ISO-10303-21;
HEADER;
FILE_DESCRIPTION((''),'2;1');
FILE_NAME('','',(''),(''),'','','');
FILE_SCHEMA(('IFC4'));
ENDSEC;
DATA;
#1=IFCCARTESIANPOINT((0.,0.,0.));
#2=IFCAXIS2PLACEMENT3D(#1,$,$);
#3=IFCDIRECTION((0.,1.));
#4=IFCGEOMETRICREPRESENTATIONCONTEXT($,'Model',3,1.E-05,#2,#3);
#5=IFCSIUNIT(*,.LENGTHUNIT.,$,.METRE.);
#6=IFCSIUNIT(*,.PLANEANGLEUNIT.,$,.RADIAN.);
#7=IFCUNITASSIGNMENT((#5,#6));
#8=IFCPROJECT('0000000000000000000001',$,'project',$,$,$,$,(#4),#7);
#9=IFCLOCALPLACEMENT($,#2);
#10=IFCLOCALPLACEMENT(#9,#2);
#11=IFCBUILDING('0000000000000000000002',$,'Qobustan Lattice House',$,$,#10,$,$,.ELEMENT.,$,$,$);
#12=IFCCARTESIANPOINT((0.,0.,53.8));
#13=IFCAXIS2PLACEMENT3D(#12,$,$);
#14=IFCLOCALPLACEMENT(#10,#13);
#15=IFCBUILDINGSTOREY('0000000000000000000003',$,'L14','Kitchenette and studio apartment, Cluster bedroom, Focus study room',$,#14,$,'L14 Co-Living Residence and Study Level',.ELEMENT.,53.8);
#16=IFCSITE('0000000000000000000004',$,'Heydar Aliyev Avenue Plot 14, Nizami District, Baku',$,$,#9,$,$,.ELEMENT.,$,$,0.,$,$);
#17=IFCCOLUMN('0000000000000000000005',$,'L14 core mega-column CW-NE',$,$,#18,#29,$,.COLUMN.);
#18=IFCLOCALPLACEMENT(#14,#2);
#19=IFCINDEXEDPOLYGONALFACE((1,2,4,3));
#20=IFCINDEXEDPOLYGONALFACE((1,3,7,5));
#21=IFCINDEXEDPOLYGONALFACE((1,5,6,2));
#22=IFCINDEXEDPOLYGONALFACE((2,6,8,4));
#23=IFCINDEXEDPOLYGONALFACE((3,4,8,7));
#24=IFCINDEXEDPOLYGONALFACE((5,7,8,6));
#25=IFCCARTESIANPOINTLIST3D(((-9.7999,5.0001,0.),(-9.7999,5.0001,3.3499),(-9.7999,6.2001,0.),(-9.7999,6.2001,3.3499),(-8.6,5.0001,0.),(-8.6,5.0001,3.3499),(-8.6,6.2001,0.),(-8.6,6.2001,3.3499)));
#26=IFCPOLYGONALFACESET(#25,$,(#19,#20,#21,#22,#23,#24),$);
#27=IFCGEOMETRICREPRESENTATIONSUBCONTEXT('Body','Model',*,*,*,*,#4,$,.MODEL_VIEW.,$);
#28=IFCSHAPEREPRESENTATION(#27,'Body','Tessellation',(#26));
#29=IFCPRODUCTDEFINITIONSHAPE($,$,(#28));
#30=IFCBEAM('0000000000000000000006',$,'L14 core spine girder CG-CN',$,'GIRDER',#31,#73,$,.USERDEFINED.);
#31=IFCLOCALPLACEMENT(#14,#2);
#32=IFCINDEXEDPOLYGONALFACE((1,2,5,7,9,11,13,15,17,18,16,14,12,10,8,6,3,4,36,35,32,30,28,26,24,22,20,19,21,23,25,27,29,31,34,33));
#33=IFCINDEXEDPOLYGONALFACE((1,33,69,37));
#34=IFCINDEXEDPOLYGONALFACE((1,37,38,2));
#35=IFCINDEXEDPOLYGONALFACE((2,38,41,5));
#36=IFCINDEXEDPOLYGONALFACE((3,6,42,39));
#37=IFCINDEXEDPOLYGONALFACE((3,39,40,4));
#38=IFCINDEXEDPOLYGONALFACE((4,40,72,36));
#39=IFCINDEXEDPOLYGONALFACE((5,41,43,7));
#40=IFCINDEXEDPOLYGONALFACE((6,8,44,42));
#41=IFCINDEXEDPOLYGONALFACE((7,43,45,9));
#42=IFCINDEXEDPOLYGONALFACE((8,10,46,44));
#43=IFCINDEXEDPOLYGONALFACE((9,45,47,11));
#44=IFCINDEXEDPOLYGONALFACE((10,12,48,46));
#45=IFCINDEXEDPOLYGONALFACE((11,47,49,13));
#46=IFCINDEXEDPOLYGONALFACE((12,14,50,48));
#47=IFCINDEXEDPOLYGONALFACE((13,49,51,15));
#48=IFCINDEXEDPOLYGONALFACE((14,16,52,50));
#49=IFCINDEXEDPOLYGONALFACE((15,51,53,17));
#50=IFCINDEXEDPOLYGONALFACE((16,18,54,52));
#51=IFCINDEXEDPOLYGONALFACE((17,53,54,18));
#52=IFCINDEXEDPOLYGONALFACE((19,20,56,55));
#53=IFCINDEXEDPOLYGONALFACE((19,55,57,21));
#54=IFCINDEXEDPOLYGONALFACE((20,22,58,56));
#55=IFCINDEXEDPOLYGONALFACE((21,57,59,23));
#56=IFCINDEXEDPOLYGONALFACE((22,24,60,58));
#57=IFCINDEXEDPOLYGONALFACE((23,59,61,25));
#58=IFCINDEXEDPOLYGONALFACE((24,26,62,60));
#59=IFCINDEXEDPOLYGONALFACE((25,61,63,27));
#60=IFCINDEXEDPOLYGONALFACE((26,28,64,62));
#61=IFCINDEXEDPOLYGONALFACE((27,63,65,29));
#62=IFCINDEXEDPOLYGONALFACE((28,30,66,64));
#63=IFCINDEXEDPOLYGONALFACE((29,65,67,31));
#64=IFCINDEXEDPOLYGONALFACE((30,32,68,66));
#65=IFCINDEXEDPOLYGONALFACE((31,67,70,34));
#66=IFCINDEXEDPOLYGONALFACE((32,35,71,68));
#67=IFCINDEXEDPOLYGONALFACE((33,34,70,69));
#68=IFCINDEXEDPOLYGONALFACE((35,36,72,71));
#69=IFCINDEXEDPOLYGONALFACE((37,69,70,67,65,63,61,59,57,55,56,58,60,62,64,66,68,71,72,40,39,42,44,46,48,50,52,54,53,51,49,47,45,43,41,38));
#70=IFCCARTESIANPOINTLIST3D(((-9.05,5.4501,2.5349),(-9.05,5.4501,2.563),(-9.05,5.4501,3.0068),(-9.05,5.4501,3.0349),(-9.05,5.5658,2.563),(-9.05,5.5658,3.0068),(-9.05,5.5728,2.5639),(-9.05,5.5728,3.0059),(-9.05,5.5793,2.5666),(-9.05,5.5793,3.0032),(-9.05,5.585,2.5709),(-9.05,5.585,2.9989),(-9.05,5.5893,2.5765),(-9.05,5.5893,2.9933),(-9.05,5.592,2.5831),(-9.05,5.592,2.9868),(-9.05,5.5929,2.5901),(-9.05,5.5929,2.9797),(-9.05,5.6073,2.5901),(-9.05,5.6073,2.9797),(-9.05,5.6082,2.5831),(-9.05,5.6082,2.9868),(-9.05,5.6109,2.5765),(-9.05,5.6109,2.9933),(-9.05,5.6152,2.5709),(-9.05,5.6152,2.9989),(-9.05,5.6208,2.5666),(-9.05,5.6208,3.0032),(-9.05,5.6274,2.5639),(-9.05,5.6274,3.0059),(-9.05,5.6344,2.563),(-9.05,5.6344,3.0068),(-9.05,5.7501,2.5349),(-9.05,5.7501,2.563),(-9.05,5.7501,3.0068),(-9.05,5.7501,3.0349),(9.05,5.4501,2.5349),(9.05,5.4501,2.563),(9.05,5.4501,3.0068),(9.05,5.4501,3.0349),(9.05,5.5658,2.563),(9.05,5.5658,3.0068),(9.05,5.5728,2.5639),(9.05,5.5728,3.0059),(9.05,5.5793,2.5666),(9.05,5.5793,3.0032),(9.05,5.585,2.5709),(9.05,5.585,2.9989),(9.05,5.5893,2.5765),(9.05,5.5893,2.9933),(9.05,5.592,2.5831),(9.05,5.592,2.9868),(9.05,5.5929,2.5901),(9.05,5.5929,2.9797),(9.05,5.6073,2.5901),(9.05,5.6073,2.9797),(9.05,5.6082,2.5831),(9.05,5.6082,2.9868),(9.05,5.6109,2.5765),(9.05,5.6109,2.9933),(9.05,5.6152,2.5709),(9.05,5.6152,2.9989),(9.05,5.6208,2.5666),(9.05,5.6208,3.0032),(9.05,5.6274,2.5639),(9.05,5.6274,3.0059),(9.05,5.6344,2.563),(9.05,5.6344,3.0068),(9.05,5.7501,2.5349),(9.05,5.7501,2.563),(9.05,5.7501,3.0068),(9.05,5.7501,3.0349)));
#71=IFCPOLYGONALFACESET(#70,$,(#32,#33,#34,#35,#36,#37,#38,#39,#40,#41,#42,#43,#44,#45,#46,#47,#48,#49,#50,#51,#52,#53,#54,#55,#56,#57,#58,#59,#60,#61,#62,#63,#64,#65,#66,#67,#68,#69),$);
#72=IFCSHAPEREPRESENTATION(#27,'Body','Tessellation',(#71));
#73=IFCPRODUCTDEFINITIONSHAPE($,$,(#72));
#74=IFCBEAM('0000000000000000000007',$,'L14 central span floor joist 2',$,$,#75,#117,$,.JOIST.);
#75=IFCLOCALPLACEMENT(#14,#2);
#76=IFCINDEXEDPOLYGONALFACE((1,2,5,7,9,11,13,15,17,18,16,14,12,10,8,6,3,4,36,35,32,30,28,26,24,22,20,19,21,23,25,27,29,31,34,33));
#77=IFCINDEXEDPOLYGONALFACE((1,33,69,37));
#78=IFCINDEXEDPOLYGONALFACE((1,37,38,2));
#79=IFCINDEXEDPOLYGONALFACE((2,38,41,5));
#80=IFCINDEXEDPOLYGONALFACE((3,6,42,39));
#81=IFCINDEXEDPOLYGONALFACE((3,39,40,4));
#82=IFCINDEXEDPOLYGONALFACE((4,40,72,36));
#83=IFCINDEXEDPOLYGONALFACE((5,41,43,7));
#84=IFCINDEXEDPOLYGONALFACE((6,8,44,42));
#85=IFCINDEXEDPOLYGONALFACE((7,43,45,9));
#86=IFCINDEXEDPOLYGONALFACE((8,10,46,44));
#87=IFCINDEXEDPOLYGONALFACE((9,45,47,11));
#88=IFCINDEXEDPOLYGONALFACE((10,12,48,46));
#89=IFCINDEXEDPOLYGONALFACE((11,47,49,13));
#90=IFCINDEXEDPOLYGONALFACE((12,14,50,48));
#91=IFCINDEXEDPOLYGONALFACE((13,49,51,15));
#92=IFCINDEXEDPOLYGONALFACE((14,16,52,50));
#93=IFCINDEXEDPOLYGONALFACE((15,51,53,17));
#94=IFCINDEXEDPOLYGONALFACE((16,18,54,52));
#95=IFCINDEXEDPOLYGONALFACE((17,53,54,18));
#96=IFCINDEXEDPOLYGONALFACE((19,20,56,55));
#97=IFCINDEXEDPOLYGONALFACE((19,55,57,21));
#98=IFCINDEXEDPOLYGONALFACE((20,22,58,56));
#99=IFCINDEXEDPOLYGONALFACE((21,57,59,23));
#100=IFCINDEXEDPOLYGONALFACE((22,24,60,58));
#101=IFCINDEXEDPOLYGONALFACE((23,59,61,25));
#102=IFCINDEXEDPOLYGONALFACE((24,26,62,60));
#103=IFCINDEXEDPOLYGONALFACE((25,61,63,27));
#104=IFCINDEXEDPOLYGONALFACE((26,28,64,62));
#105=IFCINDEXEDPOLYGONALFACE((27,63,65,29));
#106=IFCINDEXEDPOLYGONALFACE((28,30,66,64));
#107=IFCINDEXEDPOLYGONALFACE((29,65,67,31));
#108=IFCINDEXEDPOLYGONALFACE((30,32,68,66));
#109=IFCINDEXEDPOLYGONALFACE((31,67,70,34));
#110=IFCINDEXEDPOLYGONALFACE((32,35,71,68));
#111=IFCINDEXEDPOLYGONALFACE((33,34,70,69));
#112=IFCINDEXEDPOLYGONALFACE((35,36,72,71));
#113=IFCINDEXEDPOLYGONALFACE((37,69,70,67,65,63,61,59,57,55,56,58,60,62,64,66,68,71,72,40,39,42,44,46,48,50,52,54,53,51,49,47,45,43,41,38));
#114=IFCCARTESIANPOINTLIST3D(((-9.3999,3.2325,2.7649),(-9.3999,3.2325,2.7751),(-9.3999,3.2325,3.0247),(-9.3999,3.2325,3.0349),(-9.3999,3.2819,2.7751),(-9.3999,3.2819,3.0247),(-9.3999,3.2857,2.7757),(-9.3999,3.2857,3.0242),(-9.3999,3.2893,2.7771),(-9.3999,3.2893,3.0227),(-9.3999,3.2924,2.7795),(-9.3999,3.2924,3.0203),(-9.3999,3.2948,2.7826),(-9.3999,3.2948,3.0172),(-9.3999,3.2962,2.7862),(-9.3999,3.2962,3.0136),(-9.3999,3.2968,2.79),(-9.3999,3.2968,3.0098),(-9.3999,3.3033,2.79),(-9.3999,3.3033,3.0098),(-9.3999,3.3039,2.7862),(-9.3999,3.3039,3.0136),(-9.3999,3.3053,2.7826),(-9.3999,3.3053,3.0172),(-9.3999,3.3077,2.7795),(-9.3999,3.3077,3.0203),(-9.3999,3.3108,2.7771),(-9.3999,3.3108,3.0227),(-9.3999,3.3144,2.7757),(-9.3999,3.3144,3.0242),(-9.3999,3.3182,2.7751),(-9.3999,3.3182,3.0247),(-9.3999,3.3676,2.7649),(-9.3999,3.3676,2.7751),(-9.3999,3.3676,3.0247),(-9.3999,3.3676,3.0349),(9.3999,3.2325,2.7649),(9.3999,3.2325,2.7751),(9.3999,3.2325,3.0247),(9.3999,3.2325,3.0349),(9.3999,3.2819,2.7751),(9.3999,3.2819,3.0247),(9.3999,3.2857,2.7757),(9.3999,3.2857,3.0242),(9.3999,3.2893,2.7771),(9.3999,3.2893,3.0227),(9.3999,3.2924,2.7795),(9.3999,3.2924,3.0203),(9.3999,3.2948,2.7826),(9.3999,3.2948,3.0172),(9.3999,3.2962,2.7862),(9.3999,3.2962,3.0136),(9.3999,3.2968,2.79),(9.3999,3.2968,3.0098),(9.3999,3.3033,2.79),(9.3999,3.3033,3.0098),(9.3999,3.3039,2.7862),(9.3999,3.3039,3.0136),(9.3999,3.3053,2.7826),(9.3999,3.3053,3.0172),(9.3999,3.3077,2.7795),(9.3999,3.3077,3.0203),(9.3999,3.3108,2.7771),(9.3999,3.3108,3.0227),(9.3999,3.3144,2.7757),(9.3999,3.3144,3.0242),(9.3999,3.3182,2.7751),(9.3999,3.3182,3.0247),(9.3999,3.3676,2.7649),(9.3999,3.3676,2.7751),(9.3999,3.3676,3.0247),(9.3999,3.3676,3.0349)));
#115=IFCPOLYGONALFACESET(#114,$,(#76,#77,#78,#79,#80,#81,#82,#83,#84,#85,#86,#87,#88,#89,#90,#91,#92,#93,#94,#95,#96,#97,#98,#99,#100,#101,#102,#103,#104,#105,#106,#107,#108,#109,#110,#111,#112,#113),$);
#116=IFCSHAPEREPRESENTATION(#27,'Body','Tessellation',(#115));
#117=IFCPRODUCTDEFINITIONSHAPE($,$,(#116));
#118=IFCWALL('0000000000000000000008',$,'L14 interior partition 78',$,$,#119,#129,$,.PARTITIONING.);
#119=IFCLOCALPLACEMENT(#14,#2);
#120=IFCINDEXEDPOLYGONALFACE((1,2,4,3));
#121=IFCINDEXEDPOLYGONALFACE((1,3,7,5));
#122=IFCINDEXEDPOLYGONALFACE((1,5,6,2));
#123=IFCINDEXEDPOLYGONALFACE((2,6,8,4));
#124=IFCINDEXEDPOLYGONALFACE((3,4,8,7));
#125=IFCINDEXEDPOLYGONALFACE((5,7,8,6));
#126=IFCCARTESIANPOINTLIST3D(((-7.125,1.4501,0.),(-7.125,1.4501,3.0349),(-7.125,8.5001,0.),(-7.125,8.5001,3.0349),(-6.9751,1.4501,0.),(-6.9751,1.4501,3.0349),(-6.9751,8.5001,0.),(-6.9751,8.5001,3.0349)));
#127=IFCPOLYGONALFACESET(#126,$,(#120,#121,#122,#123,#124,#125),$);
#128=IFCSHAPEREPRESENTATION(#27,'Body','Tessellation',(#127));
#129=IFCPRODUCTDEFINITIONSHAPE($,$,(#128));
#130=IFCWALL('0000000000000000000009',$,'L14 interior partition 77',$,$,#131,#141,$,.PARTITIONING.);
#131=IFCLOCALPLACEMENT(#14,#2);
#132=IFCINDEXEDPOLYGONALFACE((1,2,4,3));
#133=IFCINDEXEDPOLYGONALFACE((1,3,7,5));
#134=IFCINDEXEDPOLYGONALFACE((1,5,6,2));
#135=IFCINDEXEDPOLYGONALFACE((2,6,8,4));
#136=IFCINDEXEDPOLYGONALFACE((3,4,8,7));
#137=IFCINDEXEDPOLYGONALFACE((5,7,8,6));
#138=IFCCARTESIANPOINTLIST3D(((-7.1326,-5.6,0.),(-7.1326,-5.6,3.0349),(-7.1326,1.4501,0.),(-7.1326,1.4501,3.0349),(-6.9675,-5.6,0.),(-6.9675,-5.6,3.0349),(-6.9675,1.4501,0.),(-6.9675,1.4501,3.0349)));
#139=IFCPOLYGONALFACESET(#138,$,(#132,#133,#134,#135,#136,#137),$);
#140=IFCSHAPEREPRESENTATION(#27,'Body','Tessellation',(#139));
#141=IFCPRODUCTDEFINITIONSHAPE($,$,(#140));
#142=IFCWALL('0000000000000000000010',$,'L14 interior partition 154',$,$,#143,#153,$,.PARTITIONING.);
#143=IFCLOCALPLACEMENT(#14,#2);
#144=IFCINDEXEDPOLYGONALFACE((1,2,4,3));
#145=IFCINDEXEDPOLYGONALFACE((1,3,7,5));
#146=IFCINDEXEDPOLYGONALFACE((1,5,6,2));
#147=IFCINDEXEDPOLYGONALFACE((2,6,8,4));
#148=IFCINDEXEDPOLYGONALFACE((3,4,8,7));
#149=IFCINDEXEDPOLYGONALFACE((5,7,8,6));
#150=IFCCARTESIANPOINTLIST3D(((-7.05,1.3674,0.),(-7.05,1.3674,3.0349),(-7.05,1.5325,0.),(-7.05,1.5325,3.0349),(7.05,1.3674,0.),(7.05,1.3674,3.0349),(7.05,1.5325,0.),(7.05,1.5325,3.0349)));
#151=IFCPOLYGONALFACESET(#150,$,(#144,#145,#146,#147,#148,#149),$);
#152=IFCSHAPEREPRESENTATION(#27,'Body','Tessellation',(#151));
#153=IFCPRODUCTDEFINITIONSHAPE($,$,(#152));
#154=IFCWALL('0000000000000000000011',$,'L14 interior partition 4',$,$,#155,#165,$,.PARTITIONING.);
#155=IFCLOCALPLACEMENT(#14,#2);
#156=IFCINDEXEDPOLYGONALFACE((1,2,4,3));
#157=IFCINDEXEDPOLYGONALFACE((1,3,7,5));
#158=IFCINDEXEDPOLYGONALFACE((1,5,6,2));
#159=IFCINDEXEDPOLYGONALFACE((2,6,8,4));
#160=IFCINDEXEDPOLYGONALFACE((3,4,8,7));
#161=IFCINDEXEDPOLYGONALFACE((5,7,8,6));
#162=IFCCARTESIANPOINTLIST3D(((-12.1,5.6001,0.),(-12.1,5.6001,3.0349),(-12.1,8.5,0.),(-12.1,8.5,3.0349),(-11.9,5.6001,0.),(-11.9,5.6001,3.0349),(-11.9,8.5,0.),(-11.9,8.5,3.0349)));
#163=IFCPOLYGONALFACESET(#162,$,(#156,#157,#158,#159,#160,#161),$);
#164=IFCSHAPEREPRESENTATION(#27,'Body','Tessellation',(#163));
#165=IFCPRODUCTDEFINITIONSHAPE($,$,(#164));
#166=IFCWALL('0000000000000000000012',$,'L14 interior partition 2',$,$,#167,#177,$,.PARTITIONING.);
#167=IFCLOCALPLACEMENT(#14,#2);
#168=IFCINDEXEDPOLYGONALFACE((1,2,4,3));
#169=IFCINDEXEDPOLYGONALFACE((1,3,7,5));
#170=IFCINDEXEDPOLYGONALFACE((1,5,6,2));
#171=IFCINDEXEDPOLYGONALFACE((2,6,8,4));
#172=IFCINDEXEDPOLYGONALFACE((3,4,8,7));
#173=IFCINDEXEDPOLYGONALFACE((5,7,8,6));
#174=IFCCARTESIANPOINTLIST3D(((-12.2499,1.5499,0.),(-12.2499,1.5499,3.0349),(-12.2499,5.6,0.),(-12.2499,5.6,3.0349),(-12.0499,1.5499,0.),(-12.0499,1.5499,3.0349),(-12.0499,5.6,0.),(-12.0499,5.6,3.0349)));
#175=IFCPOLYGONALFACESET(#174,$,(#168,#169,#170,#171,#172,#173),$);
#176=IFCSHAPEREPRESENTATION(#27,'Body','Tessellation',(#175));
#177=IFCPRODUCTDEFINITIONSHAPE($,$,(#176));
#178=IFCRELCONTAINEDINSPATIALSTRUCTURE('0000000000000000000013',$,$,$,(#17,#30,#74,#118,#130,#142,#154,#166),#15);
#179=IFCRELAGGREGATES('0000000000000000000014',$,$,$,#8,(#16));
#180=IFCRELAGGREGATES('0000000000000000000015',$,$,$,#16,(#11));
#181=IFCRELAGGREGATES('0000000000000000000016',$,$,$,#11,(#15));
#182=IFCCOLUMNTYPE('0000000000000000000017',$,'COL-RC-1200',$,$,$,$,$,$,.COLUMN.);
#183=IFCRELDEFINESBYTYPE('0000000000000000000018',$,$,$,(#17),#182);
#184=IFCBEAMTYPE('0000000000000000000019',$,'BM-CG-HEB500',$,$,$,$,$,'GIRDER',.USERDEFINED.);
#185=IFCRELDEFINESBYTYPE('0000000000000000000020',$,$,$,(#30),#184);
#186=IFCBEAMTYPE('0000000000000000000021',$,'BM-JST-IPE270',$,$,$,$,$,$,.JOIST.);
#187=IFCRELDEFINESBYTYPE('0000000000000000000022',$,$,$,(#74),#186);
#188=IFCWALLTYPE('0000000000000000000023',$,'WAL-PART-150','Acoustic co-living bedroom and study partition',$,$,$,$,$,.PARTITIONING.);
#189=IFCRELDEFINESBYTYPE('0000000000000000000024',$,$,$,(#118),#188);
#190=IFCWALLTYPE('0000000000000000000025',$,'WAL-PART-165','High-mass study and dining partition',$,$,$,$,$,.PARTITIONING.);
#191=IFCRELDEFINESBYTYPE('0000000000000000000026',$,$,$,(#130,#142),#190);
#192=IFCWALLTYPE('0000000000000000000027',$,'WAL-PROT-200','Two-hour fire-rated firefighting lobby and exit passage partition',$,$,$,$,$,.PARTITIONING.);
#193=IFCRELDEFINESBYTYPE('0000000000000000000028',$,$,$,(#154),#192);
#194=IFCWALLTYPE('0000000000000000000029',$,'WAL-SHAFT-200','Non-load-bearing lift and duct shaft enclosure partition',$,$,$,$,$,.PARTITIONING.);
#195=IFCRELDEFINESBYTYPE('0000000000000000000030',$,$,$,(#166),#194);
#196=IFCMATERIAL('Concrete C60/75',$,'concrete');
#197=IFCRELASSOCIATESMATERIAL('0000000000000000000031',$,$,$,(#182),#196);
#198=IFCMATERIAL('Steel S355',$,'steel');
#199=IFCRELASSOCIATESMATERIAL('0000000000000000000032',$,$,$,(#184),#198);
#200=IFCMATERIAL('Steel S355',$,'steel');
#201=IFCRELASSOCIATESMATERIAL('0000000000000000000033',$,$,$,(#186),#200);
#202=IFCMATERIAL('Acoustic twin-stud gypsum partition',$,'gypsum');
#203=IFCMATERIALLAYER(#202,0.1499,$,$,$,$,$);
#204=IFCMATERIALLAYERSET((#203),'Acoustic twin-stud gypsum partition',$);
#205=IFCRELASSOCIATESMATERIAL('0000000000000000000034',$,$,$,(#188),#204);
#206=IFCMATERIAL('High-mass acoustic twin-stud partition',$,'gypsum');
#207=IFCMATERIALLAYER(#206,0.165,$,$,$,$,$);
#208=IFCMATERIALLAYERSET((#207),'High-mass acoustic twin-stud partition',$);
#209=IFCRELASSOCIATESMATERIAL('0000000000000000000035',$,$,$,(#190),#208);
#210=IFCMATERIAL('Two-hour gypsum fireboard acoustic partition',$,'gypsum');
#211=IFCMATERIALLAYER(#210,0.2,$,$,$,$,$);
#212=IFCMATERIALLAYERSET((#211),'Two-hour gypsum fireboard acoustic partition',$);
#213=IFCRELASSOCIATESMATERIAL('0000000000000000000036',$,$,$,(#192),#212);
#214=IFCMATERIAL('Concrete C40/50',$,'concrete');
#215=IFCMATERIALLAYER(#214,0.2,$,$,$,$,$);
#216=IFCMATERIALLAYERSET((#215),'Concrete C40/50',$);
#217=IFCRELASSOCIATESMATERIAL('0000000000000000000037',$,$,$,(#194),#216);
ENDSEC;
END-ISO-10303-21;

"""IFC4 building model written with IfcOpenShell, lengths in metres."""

from ifc_helpers import new_model, si_unit, direction, frame, frame_2d, origin, origin_2d, place, context, subcontext, project, spatial, rectangle, i_section, extrude, material, layer, layer_set, material_profile, profile_set, type_object, element, save


model = new_model("IFC4")

# Units and contexts
model_context = context("Model", 3, precision=1e-05, world=origin(), true_north=direction((0.0, 1.0)))
body_context = subcontext(model_context, "Body", "Model", "MODEL_VIEW")
ifc_project = project(units=[si_unit("LENGTHUNIT", "METRE"), si_unit("PLANEANGLEUNIT", "RADIAN")], contexts=[model_context])

# Site, building, storey
site_placement = place(None, origin())
site = spatial("IfcSite", under=ifc_project, at=site_placement, Name="Heydar Aliyev Avenue Plot 14, Nizami District, Baku", CompositionType="ELEMENT", RefElevation=0.0)
building_placement = place(site_placement, origin())
building = spatial("IfcBuilding", under=site, at=building_placement, Name="Qobustan Lattice House", CompositionType="ELEMENT")
storey_placement = place(building_placement, frame((0.0, 0.0, 53.8)))
storey = spatial("IfcBuildingStorey", under=building, at=storey_placement, Name="L14", Description="Kitchenette and studio apartment, Cluster bedroom, Focus study room", LongName="L14 Co-Living Residence and Study Level", CompositionType="ELEMENT", Elevation=53.8)

# Column
ifc_material_1 = material(Name="Concrete C60/75", Category="concrete")
ifc_material_profile_1 = material_profile(ifc_material_1, rectangle(XDim=1.2, YDim=1.2, at=origin_2d()), Name="RC1200x1200")
ifc_profile_set_1 = profile_set([ifc_material_profile_1], Name="Concrete C60/75")
column_type = type_object("IfcColumnType", Name="COL-RC-1200", PredefinedType="COLUMN", material=ifc_profile_set_1)
column_placement = place(storey_placement, frame((-9.2, 5.6001, 0.0), z_axis=(0.0, 0.0, 1.0), x_axis=(1.0, 0.0, 0.0)))
element("IfcColumn", 1, at=column_placement, inside=storey, type_object=column_type, Name="L14 core mega-column CW-NE", PredefinedType="COLUMN", context=body_context, shape_type="SweptSolid", body=[
    extrude(rectangle(XDim=1.2, YDim=1.2, at=origin_2d()), origin(), (0.0, 0.0, 1.0), 3.3499),
])

# Beams
ifc_material_2 = material(Name="Steel S355", Category="steel")
ifc_material_profile_2 = material_profile(ifc_material_2, i_section(OverallWidth=0.3, OverallDepth=0.5, WebThickness=0.0144, FlangeThickness=0.0281, FilletRadius=0.0271, at=origin_2d()), Name="HEB500")
ifc_profile_set_2 = profile_set([ifc_material_profile_2], Name="Steel S355")
beam_type_1 = type_object("IfcBeamType", Name="BM-CG-HEB500", ElementType="GIRDER", PredefinedType="USERDEFINED", material=ifc_profile_set_2)
beam_1_placement = place(storey_placement, frame((-9.05, 5.6001, 2.7849), z_axis=(1.0, 0.0, 0.0), x_axis=(0.0, 1.0, 0.0)))
element("IfcBeam", 2, at=beam_1_placement, inside=storey, type_object=beam_type_1, Name="L14 core spine girder CG-CN", ObjectType="GIRDER", PredefinedType="USERDEFINED", context=body_context, shape_type="SweptSolid", body=[
    extrude(i_section(OverallWidth=0.3, OverallDepth=0.5, WebThickness=0.0144, FlangeThickness=0.0281, FilletRadius=0.0271, at=origin_2d()), origin(), (0.0, 0.0, 1.0), 18.1001),
])
ifc_material_3 = material(Name="Steel S355", Category="steel")
ifc_material_profile_3 = material_profile(ifc_material_3, i_section(OverallWidth=0.135, OverallDepth=0.27, WebThickness=0.0066, FlangeThickness=0.0103, FilletRadius=0.0149, at=origin_2d()), Name="IPE270")
ifc_profile_set_3 = profile_set([ifc_material_profile_3], Name="Steel S355")
beam_type_2 = type_object("IfcBeamType", Name="BM-JST-IPE270", PredefinedType="JOIST", material=ifc_profile_set_3)
beam_2_placement = place(storey_placement, frame((-9.3999, 3.3, 2.8999), z_axis=(1.0, 0.0, 0.0), x_axis=(0.0, 1.0, 0.0)))
element("IfcBeam", 3, at=beam_2_placement, inside=storey, type_object=beam_type_2, Name="L14 central span floor joist 2", PredefinedType="JOIST", context=body_context, shape_type="SweptSolid", body=[
    extrude(i_section(OverallWidth=0.135, OverallDepth=0.27, WebThickness=0.0066, FlangeThickness=0.0103, FilletRadius=0.0149, at=origin_2d()), origin(), (0.0, 0.0, 1.0), 18.7998),
])

# Walls
ifc_material_4 = material(Name="Acoustic twin-stud gypsum partition", Category="gypsum")
ifc_layer_1 = layer(ifc_material_4, 0.1499)
ifc_layer_set_1 = layer_set([ifc_layer_1], Name="Acoustic twin-stud gypsum partition")
wall_type_1 = type_object("IfcWallType", Name="WAL-PART-150", Description="Acoustic co-living bedroom and study partition", PredefinedType="PARTITIONING", material=ifc_layer_set_1)
wall_1_placement = place(storey_placement, frame((-7.05, 8.5, 0.0), z_axis=(0.0, 0.0, 1.0), x_axis=(0.0, -1.0, 0.0)))
element("IfcWall", 4, at=wall_1_placement, inside=storey, type_object=wall_type_1, Name="L14 interior partition 78", PredefinedType="PARTITIONING", context=body_context, shape_type="SweptSolid", body=[
    extrude(rectangle(XDim=7.05, YDim=0.1499, at=frame_2d((3.5249, 0.0))), origin(), (0.0, 0.0, 1.0), 3.0349),
])
ifc_material_5 = material(Name="High-mass acoustic twin-stud partition", Category="gypsum")
ifc_layer_2 = layer(ifc_material_5, 0.165)
ifc_layer_set_2 = layer_set([ifc_layer_2], Name="High-mass acoustic twin-stud partition")
wall_type_2 = type_object("IfcWallType", Name="WAL-PART-165", Description="High-mass study and dining partition", PredefinedType="PARTITIONING", material=ifc_layer_set_2)
wall_2_placement = place(storey_placement, frame((-7.05, 1.45, 0.0), z_axis=(0.0, 0.0, 1.0), x_axis=(0.0, -1.0, 0.0)))
element("IfcWall", 5, at=wall_2_placement, inside=storey, type_object=wall_type_2, Name="L14 interior partition 77", PredefinedType="PARTITIONING", context=body_context, shape_type="SweptSolid", body=[
    extrude(rectangle(XDim=7.05, YDim=0.165, at=frame_2d((3.5249, 0.0))), origin(), (0.0, 0.0, 1.0), 3.0349),
])
wall_3_placement = place(storey_placement, frame((-7.05, 1.45, 0.0), z_axis=(0.0, 0.0, 1.0), x_axis=(1.0, 0.0, 0.0)))
element("IfcWall", 6, at=wall_3_placement, inside=storey, type_object=wall_type_2, Name="L14 interior partition 154", PredefinedType="PARTITIONING", context=body_context, shape_type="SweptSolid", body=[
    extrude(rectangle(XDim=14.1001, YDim=0.165, at=frame_2d((7.05, 0.0))), origin(), (0.0, 0.0, 1.0), 3.0349),
])

# Shared definitions
ifc_material_6 = material(Name="Two-hour gypsum fireboard acoustic partition", Category="gypsum")
ifc_layer_3 = layer(ifc_material_6, 0.2)
ifc_layer_set_3 = layer_set([ifc_layer_3], Name="Two-hour gypsum fireboard acoustic partition")
wall_type_3 = type_object("IfcWallType", Name="WAL-PROT-200", Description="Two-hour fire-rated firefighting lobby and exit passage partition", PredefinedType="PARTITIONING", material=ifc_layer_set_3)

# Walls
wall_4_placement = place(storey_placement, frame((-12.0, 5.6001, 0.0), z_axis=(0.0, 0.0, 1.0), x_axis=(0.0, 1.0, 0.0)))
element("IfcWall", 7, at=wall_4_placement, inside=storey, type_object=wall_type_3, Name="L14 interior partition 4", PredefinedType="PARTITIONING", context=body_context, shape_type="SweptSolid", body=[
    extrude(rectangle(XDim=2.8999, YDim=0.2, at=frame_2d((1.45, 0.0))), origin(), (0.0, 0.0, 1.0), 3.0349),
])
ifc_material_7 = material(Name="Concrete C40/50", Category="concrete")
ifc_layer_4 = layer(ifc_material_7, 0.2)
ifc_layer_set_4 = layer_set([ifc_layer_4], Name="Concrete C40/50")
wall_type_4 = type_object("IfcWallType", Name="WAL-SHAFT-200", Description="Non-load-bearing lift and duct shaft enclosure partition", PredefinedType="PARTITIONING", material=ifc_layer_set_4)
wall_5_placement = place(storey_placement, frame((-12.1499, 1.55, 0.0), z_axis=(0.0, 0.0, 1.0), x_axis=(0.0, 1.0, 0.0)))
element("IfcWall", 8, at=wall_5_placement, inside=storey, type_object=wall_type_4, Name="L14 interior partition 2", PredefinedType="PARTITIONING", context=body_context, shape_type="SweptSolid", body=[
    extrude(rectangle(XDim=4.05, YDim=0.2, at=frame_2d((2.0249, 0.0))), origin(), (0.0, 0.0, 1.0), 3.0349),
])

save(model, "model.ifc")
